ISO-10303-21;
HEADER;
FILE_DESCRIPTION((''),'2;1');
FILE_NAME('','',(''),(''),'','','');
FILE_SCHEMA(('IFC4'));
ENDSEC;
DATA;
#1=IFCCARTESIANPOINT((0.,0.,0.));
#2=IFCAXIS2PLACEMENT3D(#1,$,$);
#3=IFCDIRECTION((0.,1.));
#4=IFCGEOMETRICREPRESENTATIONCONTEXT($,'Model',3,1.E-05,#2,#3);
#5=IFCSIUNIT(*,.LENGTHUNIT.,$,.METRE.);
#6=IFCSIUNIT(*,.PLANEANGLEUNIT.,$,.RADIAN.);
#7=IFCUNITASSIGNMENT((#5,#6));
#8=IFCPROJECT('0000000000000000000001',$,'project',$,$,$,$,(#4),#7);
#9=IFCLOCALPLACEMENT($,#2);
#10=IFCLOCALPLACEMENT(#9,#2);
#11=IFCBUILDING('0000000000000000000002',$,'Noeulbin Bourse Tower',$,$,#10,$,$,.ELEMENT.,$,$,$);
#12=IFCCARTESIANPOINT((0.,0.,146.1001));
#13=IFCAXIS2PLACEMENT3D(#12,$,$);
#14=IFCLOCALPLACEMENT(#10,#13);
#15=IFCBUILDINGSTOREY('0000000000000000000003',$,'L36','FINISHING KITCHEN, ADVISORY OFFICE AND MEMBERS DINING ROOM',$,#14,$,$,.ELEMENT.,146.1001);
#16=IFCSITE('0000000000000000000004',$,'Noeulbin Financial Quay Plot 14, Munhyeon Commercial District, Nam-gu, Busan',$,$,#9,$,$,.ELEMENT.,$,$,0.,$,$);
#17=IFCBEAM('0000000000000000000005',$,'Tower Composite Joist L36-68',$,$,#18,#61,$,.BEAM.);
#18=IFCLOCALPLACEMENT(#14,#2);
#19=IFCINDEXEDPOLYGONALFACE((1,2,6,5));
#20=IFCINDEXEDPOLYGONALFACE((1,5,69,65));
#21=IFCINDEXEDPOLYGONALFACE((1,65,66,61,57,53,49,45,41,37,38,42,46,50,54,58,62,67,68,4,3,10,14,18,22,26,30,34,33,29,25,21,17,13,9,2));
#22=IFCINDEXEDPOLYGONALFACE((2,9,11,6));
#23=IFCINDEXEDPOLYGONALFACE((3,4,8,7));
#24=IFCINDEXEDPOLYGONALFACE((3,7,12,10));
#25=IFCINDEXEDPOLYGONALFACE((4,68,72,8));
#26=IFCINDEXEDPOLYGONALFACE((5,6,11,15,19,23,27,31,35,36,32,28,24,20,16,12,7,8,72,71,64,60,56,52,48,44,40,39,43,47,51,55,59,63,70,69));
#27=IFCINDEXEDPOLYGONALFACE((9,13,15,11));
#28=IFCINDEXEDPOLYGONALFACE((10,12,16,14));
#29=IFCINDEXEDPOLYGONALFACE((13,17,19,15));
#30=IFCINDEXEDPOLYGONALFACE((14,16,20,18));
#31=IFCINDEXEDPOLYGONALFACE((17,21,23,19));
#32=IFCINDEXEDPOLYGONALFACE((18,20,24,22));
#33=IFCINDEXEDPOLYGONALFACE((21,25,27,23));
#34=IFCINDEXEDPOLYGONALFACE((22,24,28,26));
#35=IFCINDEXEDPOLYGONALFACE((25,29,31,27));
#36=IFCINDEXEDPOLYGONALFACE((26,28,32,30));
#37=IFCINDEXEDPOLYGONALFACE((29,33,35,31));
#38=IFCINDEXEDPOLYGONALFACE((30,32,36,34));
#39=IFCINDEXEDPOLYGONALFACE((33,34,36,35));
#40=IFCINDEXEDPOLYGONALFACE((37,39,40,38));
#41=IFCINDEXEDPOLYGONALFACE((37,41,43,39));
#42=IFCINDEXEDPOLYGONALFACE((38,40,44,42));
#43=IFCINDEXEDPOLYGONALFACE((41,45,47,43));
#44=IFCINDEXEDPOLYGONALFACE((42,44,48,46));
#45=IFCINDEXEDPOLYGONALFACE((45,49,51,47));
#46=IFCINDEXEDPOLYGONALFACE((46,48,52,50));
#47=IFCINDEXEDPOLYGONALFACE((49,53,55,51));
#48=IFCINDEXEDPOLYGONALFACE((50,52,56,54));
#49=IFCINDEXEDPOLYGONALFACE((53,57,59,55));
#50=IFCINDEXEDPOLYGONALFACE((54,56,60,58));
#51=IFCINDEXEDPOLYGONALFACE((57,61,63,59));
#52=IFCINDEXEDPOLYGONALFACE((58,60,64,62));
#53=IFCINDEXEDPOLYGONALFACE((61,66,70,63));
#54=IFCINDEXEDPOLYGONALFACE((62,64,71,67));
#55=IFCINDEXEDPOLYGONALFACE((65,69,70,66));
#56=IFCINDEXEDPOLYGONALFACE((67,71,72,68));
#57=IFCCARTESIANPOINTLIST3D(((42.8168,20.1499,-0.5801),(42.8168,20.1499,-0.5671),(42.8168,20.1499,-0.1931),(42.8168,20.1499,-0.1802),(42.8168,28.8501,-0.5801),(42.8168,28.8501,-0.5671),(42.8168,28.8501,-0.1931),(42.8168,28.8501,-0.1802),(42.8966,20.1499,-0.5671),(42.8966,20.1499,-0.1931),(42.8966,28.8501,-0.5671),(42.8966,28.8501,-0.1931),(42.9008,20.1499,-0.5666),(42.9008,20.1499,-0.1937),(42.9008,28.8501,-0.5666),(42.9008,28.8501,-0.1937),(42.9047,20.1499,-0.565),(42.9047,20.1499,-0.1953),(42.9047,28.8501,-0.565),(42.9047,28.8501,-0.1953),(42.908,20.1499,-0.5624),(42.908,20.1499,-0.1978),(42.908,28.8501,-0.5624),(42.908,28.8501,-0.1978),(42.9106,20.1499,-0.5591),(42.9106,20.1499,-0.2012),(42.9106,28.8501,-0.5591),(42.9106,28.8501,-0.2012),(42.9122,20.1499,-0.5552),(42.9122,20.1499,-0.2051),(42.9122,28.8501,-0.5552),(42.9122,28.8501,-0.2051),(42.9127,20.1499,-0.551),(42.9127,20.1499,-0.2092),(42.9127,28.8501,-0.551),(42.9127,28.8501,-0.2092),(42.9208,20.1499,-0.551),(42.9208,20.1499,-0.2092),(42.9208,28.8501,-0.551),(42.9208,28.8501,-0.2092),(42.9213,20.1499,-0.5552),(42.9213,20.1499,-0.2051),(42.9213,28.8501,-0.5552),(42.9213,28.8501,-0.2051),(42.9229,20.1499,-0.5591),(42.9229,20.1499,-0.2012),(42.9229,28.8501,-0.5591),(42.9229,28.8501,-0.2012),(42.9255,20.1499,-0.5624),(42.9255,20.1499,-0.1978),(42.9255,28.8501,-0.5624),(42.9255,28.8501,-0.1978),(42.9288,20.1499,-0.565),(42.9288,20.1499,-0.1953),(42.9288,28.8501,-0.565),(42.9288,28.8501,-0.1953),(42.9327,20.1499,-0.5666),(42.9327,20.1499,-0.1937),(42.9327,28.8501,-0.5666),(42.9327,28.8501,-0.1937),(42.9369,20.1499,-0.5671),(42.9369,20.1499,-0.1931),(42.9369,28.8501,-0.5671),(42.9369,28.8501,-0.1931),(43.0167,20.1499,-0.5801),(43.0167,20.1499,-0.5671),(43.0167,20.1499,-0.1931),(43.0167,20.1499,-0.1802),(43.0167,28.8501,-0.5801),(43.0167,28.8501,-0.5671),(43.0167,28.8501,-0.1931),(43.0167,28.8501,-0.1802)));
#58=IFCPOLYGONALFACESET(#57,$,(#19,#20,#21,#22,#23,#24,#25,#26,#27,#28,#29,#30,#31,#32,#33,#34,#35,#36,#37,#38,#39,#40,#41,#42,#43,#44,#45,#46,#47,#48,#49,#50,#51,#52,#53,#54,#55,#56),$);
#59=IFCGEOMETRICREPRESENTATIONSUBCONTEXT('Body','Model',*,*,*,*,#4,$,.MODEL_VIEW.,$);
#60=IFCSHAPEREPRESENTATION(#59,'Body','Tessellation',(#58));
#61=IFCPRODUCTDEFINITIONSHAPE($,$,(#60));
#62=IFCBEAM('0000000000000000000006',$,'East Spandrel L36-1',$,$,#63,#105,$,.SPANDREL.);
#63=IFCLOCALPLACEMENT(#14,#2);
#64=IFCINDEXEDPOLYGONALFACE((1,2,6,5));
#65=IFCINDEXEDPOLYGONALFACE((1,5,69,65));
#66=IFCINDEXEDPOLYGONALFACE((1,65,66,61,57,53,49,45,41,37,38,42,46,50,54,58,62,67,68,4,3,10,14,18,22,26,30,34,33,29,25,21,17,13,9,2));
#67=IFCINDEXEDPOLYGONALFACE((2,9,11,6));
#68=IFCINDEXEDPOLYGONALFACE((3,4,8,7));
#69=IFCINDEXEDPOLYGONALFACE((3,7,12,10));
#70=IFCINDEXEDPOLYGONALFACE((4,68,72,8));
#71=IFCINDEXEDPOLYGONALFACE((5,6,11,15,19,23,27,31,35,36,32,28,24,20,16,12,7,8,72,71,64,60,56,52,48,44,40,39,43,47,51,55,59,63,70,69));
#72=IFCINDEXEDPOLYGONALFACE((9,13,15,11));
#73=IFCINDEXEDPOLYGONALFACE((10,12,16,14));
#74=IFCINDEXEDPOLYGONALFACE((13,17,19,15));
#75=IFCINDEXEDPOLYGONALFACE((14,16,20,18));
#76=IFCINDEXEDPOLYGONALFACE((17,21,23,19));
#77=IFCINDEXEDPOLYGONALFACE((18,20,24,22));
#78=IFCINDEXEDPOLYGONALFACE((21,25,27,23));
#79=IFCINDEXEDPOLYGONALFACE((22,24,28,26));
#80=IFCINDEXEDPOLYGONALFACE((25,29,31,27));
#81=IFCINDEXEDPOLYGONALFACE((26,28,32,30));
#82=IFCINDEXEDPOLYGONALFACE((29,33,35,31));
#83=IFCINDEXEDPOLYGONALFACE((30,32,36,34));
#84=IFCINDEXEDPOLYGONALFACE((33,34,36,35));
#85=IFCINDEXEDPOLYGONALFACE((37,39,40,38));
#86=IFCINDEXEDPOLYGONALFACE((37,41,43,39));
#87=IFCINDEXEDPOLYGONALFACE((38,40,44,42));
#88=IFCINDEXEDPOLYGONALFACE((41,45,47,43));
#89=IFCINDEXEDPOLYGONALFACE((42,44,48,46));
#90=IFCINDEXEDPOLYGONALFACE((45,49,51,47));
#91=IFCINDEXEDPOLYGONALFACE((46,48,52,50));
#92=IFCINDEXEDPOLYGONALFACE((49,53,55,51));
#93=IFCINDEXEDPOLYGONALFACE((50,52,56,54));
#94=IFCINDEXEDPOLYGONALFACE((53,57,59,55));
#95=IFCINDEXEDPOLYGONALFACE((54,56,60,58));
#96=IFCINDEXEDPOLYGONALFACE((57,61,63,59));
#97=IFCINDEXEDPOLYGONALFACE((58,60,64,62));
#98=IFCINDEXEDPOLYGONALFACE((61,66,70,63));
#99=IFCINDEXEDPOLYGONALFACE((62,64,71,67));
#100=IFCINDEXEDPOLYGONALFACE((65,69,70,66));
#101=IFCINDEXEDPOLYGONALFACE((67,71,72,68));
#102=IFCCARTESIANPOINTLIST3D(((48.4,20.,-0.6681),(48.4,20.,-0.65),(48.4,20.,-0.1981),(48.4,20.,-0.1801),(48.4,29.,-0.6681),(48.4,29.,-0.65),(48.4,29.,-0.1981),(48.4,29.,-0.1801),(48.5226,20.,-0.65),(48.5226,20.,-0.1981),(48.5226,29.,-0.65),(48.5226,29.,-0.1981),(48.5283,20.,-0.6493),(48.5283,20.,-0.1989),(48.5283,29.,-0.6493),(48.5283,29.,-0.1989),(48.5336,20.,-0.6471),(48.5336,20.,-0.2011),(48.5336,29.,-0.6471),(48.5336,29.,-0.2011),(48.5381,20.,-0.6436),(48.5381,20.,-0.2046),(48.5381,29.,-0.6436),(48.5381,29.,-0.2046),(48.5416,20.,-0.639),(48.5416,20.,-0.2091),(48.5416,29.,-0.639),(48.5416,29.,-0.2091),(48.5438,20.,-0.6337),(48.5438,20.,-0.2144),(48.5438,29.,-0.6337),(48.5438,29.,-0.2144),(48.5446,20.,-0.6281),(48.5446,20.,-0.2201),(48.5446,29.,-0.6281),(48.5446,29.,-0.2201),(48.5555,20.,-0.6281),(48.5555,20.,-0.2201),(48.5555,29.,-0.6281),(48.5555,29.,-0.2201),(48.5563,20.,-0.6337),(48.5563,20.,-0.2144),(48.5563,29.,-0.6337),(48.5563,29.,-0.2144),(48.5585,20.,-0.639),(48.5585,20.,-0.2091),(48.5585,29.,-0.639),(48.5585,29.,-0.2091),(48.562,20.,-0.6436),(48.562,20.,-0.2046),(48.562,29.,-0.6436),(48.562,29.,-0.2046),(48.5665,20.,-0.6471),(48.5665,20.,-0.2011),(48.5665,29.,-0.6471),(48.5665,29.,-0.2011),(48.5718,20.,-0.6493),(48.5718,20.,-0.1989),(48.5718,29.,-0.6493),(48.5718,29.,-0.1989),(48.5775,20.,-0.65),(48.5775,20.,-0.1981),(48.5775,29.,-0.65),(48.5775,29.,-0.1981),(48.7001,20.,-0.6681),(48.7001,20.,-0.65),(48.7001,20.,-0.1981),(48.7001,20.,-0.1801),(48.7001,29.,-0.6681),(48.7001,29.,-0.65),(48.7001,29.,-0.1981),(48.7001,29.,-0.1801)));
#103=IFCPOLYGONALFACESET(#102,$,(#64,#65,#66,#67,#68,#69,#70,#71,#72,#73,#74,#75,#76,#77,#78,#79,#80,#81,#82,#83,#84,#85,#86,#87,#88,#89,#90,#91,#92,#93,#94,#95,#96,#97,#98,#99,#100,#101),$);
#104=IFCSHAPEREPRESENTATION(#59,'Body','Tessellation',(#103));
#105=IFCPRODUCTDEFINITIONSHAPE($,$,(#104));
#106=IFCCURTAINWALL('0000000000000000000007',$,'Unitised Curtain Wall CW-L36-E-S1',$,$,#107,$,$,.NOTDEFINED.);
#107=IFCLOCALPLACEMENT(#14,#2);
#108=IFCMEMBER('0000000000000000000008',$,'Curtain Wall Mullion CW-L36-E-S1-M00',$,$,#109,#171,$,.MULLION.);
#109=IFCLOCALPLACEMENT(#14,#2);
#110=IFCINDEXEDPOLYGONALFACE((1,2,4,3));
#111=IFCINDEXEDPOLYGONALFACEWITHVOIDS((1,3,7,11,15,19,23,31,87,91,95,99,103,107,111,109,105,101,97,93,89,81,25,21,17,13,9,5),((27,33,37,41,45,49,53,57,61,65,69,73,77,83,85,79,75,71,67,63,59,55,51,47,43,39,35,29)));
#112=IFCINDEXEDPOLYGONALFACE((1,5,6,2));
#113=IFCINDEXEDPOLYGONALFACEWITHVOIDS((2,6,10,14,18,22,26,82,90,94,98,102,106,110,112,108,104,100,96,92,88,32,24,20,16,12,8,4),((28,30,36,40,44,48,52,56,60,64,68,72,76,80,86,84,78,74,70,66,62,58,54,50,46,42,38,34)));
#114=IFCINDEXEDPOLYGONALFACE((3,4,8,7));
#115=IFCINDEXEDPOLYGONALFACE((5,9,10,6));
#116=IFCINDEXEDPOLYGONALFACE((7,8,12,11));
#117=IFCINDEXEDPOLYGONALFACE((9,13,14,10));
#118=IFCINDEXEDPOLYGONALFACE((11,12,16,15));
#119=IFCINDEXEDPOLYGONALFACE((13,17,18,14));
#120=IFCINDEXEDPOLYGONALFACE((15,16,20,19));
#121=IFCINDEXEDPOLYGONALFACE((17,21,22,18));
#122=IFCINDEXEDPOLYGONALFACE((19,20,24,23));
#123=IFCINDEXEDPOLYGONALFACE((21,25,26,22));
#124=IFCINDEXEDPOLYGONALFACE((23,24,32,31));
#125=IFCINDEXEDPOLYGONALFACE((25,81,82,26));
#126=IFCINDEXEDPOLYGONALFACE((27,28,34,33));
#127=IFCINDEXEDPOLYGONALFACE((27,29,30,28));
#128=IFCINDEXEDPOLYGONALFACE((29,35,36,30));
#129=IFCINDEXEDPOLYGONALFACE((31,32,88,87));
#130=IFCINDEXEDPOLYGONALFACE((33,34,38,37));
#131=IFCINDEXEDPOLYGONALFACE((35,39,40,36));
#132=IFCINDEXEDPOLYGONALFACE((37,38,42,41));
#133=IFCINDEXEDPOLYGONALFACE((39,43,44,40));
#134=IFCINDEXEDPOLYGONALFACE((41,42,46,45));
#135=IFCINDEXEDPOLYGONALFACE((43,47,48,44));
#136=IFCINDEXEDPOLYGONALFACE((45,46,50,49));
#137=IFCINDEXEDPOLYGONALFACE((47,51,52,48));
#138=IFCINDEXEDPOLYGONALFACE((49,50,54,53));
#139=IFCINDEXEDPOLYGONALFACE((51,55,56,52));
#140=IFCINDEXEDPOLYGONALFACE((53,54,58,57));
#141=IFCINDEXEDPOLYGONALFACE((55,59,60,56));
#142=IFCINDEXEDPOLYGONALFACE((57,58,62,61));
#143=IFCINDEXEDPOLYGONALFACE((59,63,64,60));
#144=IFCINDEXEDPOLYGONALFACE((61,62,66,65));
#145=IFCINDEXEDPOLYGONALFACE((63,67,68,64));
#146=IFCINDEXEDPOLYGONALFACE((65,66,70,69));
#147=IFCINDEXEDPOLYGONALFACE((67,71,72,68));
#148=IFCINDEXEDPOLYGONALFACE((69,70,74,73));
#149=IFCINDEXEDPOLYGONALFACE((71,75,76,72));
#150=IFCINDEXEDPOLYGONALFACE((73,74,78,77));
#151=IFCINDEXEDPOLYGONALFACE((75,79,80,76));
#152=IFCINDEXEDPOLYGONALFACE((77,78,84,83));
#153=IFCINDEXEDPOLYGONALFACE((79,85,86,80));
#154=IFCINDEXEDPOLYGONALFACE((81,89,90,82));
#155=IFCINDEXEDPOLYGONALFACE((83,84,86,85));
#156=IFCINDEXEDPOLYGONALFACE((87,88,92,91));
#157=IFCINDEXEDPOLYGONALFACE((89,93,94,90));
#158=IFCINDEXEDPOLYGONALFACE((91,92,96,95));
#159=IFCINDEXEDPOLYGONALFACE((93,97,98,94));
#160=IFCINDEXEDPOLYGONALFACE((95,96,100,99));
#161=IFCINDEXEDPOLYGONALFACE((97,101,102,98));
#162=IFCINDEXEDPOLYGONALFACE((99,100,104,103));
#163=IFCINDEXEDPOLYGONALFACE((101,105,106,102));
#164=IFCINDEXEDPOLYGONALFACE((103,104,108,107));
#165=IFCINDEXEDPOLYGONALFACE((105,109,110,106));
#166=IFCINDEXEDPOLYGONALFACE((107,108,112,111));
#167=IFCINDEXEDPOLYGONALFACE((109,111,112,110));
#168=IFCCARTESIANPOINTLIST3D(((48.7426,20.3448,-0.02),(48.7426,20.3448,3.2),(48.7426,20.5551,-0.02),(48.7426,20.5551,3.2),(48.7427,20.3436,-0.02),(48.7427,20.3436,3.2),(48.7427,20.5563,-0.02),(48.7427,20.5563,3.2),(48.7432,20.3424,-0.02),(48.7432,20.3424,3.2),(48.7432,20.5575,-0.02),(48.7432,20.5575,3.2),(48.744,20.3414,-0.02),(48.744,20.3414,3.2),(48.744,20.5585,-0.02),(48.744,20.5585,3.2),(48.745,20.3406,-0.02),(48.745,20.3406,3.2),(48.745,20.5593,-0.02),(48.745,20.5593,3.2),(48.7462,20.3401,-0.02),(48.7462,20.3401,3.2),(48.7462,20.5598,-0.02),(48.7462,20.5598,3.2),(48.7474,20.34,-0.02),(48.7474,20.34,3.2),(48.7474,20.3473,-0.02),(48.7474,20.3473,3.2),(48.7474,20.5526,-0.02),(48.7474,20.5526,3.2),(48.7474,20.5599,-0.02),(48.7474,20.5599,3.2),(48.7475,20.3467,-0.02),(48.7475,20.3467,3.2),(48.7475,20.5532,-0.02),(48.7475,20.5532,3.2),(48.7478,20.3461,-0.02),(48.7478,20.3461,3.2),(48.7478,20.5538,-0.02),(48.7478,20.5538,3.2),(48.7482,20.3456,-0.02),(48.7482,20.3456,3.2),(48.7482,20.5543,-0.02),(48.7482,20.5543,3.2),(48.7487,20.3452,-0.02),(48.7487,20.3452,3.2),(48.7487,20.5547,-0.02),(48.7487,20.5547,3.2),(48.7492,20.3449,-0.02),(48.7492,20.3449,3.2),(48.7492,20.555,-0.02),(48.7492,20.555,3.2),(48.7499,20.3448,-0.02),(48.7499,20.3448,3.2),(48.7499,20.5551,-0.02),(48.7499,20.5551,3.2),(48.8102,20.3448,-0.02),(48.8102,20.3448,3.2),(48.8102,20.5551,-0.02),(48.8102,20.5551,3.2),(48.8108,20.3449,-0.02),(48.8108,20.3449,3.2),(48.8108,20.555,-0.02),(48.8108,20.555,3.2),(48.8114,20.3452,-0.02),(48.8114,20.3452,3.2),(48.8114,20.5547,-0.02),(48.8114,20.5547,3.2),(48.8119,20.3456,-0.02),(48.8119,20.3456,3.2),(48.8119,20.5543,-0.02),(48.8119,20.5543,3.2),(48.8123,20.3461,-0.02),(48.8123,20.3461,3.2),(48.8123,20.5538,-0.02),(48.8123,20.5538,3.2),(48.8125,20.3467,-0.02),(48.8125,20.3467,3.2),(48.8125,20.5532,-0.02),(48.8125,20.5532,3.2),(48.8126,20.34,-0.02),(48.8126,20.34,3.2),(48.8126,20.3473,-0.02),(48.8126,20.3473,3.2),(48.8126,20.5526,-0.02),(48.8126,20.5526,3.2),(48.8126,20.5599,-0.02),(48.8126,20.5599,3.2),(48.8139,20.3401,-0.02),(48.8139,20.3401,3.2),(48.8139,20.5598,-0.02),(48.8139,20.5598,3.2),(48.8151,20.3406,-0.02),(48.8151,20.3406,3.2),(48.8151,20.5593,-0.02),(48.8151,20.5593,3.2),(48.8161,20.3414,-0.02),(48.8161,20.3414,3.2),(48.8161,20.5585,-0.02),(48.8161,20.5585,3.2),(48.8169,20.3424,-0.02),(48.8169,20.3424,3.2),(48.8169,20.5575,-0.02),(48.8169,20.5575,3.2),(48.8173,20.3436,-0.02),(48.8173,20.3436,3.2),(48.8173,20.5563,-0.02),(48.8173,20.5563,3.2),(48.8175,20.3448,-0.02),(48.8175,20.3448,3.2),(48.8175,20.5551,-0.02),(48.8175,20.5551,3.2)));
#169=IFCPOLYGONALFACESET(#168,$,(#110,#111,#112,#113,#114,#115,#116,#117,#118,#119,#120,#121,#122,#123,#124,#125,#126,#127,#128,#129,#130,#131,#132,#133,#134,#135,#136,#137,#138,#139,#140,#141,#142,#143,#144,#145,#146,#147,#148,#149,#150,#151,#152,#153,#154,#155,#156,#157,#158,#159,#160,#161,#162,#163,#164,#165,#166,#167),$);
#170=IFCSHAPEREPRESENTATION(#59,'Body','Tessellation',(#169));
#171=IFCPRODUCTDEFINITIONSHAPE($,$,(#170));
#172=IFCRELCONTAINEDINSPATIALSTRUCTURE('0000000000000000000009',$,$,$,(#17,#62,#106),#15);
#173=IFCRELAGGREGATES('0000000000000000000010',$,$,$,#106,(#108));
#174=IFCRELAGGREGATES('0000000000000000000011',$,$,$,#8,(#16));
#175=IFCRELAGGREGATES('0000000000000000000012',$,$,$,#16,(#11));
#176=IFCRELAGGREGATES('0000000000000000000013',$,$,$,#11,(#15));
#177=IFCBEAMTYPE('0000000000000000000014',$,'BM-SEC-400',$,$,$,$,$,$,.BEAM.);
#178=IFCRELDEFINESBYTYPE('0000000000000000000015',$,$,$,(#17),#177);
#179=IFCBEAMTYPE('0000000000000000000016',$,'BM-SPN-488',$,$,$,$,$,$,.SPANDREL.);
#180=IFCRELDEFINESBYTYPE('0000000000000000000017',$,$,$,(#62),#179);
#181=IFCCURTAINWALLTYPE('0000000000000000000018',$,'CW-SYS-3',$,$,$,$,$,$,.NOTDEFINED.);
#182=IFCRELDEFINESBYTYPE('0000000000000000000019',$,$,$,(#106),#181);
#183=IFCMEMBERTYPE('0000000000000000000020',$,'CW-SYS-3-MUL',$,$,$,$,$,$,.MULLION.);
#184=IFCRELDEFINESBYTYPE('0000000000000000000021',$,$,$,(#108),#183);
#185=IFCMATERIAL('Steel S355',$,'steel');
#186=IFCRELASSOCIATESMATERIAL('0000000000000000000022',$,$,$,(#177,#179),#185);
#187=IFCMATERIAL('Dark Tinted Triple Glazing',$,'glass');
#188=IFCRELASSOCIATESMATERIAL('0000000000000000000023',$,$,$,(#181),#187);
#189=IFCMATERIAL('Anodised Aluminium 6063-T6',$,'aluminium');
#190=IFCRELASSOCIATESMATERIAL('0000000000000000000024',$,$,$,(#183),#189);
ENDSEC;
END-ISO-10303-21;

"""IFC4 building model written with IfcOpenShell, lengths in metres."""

from ifc_helpers import new_model, si_unit, direction, frame, origin, origin_2d, place, context, subcontext, project, spatial, hollow_rectangle, i_section, extrude, material, material_profile, profile_set, type_object, element, aggregate, save


model = new_model("IFC4")

# Units and contexts
model_context = context("Model", 3, precision=1e-05, world=origin(), true_north=direction((0.0, 1.0)))
body_context = subcontext(model_context, "Body", "Model", "MODEL_VIEW")
ifc_project = project(units=[si_unit("LENGTHUNIT", "METRE"), si_unit("PLANEANGLEUNIT", "RADIAN")], contexts=[model_context])

# Site, building, storey
site_placement = place(None, origin())
site = spatial("IfcSite", under=ifc_project, at=site_placement, Name="Noeulbin Financial Quay Plot 14, Munhyeon Commercial District, Nam-gu, Busan", CompositionType="ELEMENT", RefElevation=0.0)
building_placement = place(site_placement, origin())
building = spatial("IfcBuilding", under=site, at=building_placement, Name="Noeulbin Bourse Tower", CompositionType="ELEMENT")
storey_placement = place(building_placement, frame((0.0, 0.0, 146.1001)))
storey = spatial("IfcBuildingStorey", under=building, at=storey_placement, Name="L36", Description="FINISHING KITCHEN, ADVISORY OFFICE AND MEMBERS DINING ROOM", CompositionType="ELEMENT", Elevation=146.1001)

# Shared definitions
ifc_material_1 = material(Name="Steel S355", Category="steel")

# Beams
ifc_material_profile_1 = material_profile(ifc_material_1, i_section(OverallWidth=0.2, OverallDepth=0.3999, WebThickness=0.0081, FlangeThickness=0.0129, FilletRadius=0.0161, at=origin_2d()), Name="H-400x200x8x13", Category="LoadBearing")
ifc_profile_set_1 = profile_set([ifc_material_profile_1], Name="Steel S355")
beam_type_1 = type_object("IfcBeamType", Name="BM-SEC-400", PredefinedType="BEAM", material=ifc_profile_set_1)
for number, where, z_axis, x_axis, name in (
    (1, (42.9167, 20.1499, -0.3801), (0.0, 1.0, 0.0), (-1.0, 0.0, 0.0), "Tower Composite Joist L36-68"),
):
    element("IfcBeam", number, at=place(storey_placement, frame(where, z_axis=z_axis, x_axis=x_axis)), inside=storey, type_object=beam_type_1, Name=name, PredefinedType="BEAM", context=body_context, shape_type="SweptSolid", body=[
        extrude(i_section(OverallWidth=0.2, OverallDepth=0.3999, WebThickness=0.0081, FlangeThickness=0.0129, FilletRadius=0.0161, at=origin_2d()), origin(), (0.0, 0.0, 1.0), 8.7002),
    ])
ifc_material_profile_2 = material_profile(ifc_material_1, i_section(OverallWidth=0.3, OverallDepth=0.488, WebThickness=0.011, FlangeThickness=0.0181, FilletRadius=0.022, at=origin_2d()), Name="H-488x300x11x18", Category="LoadBearing")
ifc_profile_set_2 = profile_set([ifc_material_profile_2], Name="Steel S355")
beam_type_2 = type_object("IfcBeamType", Name="BM-SPN-488", PredefinedType="SPANDREL", material=ifc_profile_set_2)
beam_1_placement = place(storey_placement, frame((48.55, 20.0, -0.4241), z_axis=(0.0, 1.0, 0.0), x_axis=(-1.0, 0.0, 0.0)))
element("IfcBeam", 2, at=beam_1_placement, inside=storey, type_object=beam_type_2, Name="East Spandrel L36-1", PredefinedType="SPANDREL", context=body_context, shape_type="SweptSolid", body=[
    extrude(i_section(OverallWidth=0.3, OverallDepth=0.488, WebThickness=0.011, FlangeThickness=0.0181, FilletRadius=0.022, at=origin_2d()), origin(), (0.0, 0.0, 1.0), 9.0),
])

# Curtain wall, member
ifc_material_2 = material(Name="Dark Tinted Triple Glazing", Category="glass")
curtain_wall_type = type_object("IfcCurtainWallType", Name="CW-SYS-3", PredefinedType="NOTDEFINED", material=ifc_material_2)
curtain_wall_placement = place(storey_placement, origin())
curtain_wall = element("IfcCurtainWall", 3, at=curtain_wall_placement, inside=storey, type_object=curtain_wall_type, Name="Unitised Curtain Wall CW-L36-E-S1", PredefinedType="NOTDEFINED")
ifc_material_3 = material(Name="Anodised Aluminium 6063-T6", Category="aluminium")
ifc_material_profile_3 = material_profile(ifc_material_3, hollow_rectangle(XDim=0.075, YDim=0.22, WallThickness=0.0049, InnerFilletRadius=0.0024, OuterFilletRadius=0.0049, at=origin_2d()), Name="ALU-MULL-75x220x5", Category="LoadBearing")
ifc_profile_set_3 = profile_set([ifc_material_profile_3], Name="Anodised Aluminium 6063-T6")
member_type_1 = type_object("IfcMemberType", Name="CW-SYS-3-MUL", PredefinedType="MULLION", material=ifc_profile_set_3)
member_1_placement = place(storey_placement, frame((48.78, 20.45, -0.02), z_axis=(0.0, 0.0, 1.0), x_axis=(1.0, 0.0, 0.0)))
member_1 = element("IfcMember", 4, at=member_1_placement, type_object=member_type_1, Name="Curtain Wall Mullion CW-L36-E-S1-M00", PredefinedType="MULLION", context=body_context, shape_type="SweptSolid", body=[
    extrude(hollow_rectangle(XDim=0.075, YDim=0.22, WallThickness=0.0049, InnerFilletRadius=0.0024, OuterFilletRadius=0.0049, at=origin_2d()), origin(), (0.0, 0.0, 1.0), 3.22),
])
aggregate(curtain_wall, [member_1])

save(model, "model.ifc")
